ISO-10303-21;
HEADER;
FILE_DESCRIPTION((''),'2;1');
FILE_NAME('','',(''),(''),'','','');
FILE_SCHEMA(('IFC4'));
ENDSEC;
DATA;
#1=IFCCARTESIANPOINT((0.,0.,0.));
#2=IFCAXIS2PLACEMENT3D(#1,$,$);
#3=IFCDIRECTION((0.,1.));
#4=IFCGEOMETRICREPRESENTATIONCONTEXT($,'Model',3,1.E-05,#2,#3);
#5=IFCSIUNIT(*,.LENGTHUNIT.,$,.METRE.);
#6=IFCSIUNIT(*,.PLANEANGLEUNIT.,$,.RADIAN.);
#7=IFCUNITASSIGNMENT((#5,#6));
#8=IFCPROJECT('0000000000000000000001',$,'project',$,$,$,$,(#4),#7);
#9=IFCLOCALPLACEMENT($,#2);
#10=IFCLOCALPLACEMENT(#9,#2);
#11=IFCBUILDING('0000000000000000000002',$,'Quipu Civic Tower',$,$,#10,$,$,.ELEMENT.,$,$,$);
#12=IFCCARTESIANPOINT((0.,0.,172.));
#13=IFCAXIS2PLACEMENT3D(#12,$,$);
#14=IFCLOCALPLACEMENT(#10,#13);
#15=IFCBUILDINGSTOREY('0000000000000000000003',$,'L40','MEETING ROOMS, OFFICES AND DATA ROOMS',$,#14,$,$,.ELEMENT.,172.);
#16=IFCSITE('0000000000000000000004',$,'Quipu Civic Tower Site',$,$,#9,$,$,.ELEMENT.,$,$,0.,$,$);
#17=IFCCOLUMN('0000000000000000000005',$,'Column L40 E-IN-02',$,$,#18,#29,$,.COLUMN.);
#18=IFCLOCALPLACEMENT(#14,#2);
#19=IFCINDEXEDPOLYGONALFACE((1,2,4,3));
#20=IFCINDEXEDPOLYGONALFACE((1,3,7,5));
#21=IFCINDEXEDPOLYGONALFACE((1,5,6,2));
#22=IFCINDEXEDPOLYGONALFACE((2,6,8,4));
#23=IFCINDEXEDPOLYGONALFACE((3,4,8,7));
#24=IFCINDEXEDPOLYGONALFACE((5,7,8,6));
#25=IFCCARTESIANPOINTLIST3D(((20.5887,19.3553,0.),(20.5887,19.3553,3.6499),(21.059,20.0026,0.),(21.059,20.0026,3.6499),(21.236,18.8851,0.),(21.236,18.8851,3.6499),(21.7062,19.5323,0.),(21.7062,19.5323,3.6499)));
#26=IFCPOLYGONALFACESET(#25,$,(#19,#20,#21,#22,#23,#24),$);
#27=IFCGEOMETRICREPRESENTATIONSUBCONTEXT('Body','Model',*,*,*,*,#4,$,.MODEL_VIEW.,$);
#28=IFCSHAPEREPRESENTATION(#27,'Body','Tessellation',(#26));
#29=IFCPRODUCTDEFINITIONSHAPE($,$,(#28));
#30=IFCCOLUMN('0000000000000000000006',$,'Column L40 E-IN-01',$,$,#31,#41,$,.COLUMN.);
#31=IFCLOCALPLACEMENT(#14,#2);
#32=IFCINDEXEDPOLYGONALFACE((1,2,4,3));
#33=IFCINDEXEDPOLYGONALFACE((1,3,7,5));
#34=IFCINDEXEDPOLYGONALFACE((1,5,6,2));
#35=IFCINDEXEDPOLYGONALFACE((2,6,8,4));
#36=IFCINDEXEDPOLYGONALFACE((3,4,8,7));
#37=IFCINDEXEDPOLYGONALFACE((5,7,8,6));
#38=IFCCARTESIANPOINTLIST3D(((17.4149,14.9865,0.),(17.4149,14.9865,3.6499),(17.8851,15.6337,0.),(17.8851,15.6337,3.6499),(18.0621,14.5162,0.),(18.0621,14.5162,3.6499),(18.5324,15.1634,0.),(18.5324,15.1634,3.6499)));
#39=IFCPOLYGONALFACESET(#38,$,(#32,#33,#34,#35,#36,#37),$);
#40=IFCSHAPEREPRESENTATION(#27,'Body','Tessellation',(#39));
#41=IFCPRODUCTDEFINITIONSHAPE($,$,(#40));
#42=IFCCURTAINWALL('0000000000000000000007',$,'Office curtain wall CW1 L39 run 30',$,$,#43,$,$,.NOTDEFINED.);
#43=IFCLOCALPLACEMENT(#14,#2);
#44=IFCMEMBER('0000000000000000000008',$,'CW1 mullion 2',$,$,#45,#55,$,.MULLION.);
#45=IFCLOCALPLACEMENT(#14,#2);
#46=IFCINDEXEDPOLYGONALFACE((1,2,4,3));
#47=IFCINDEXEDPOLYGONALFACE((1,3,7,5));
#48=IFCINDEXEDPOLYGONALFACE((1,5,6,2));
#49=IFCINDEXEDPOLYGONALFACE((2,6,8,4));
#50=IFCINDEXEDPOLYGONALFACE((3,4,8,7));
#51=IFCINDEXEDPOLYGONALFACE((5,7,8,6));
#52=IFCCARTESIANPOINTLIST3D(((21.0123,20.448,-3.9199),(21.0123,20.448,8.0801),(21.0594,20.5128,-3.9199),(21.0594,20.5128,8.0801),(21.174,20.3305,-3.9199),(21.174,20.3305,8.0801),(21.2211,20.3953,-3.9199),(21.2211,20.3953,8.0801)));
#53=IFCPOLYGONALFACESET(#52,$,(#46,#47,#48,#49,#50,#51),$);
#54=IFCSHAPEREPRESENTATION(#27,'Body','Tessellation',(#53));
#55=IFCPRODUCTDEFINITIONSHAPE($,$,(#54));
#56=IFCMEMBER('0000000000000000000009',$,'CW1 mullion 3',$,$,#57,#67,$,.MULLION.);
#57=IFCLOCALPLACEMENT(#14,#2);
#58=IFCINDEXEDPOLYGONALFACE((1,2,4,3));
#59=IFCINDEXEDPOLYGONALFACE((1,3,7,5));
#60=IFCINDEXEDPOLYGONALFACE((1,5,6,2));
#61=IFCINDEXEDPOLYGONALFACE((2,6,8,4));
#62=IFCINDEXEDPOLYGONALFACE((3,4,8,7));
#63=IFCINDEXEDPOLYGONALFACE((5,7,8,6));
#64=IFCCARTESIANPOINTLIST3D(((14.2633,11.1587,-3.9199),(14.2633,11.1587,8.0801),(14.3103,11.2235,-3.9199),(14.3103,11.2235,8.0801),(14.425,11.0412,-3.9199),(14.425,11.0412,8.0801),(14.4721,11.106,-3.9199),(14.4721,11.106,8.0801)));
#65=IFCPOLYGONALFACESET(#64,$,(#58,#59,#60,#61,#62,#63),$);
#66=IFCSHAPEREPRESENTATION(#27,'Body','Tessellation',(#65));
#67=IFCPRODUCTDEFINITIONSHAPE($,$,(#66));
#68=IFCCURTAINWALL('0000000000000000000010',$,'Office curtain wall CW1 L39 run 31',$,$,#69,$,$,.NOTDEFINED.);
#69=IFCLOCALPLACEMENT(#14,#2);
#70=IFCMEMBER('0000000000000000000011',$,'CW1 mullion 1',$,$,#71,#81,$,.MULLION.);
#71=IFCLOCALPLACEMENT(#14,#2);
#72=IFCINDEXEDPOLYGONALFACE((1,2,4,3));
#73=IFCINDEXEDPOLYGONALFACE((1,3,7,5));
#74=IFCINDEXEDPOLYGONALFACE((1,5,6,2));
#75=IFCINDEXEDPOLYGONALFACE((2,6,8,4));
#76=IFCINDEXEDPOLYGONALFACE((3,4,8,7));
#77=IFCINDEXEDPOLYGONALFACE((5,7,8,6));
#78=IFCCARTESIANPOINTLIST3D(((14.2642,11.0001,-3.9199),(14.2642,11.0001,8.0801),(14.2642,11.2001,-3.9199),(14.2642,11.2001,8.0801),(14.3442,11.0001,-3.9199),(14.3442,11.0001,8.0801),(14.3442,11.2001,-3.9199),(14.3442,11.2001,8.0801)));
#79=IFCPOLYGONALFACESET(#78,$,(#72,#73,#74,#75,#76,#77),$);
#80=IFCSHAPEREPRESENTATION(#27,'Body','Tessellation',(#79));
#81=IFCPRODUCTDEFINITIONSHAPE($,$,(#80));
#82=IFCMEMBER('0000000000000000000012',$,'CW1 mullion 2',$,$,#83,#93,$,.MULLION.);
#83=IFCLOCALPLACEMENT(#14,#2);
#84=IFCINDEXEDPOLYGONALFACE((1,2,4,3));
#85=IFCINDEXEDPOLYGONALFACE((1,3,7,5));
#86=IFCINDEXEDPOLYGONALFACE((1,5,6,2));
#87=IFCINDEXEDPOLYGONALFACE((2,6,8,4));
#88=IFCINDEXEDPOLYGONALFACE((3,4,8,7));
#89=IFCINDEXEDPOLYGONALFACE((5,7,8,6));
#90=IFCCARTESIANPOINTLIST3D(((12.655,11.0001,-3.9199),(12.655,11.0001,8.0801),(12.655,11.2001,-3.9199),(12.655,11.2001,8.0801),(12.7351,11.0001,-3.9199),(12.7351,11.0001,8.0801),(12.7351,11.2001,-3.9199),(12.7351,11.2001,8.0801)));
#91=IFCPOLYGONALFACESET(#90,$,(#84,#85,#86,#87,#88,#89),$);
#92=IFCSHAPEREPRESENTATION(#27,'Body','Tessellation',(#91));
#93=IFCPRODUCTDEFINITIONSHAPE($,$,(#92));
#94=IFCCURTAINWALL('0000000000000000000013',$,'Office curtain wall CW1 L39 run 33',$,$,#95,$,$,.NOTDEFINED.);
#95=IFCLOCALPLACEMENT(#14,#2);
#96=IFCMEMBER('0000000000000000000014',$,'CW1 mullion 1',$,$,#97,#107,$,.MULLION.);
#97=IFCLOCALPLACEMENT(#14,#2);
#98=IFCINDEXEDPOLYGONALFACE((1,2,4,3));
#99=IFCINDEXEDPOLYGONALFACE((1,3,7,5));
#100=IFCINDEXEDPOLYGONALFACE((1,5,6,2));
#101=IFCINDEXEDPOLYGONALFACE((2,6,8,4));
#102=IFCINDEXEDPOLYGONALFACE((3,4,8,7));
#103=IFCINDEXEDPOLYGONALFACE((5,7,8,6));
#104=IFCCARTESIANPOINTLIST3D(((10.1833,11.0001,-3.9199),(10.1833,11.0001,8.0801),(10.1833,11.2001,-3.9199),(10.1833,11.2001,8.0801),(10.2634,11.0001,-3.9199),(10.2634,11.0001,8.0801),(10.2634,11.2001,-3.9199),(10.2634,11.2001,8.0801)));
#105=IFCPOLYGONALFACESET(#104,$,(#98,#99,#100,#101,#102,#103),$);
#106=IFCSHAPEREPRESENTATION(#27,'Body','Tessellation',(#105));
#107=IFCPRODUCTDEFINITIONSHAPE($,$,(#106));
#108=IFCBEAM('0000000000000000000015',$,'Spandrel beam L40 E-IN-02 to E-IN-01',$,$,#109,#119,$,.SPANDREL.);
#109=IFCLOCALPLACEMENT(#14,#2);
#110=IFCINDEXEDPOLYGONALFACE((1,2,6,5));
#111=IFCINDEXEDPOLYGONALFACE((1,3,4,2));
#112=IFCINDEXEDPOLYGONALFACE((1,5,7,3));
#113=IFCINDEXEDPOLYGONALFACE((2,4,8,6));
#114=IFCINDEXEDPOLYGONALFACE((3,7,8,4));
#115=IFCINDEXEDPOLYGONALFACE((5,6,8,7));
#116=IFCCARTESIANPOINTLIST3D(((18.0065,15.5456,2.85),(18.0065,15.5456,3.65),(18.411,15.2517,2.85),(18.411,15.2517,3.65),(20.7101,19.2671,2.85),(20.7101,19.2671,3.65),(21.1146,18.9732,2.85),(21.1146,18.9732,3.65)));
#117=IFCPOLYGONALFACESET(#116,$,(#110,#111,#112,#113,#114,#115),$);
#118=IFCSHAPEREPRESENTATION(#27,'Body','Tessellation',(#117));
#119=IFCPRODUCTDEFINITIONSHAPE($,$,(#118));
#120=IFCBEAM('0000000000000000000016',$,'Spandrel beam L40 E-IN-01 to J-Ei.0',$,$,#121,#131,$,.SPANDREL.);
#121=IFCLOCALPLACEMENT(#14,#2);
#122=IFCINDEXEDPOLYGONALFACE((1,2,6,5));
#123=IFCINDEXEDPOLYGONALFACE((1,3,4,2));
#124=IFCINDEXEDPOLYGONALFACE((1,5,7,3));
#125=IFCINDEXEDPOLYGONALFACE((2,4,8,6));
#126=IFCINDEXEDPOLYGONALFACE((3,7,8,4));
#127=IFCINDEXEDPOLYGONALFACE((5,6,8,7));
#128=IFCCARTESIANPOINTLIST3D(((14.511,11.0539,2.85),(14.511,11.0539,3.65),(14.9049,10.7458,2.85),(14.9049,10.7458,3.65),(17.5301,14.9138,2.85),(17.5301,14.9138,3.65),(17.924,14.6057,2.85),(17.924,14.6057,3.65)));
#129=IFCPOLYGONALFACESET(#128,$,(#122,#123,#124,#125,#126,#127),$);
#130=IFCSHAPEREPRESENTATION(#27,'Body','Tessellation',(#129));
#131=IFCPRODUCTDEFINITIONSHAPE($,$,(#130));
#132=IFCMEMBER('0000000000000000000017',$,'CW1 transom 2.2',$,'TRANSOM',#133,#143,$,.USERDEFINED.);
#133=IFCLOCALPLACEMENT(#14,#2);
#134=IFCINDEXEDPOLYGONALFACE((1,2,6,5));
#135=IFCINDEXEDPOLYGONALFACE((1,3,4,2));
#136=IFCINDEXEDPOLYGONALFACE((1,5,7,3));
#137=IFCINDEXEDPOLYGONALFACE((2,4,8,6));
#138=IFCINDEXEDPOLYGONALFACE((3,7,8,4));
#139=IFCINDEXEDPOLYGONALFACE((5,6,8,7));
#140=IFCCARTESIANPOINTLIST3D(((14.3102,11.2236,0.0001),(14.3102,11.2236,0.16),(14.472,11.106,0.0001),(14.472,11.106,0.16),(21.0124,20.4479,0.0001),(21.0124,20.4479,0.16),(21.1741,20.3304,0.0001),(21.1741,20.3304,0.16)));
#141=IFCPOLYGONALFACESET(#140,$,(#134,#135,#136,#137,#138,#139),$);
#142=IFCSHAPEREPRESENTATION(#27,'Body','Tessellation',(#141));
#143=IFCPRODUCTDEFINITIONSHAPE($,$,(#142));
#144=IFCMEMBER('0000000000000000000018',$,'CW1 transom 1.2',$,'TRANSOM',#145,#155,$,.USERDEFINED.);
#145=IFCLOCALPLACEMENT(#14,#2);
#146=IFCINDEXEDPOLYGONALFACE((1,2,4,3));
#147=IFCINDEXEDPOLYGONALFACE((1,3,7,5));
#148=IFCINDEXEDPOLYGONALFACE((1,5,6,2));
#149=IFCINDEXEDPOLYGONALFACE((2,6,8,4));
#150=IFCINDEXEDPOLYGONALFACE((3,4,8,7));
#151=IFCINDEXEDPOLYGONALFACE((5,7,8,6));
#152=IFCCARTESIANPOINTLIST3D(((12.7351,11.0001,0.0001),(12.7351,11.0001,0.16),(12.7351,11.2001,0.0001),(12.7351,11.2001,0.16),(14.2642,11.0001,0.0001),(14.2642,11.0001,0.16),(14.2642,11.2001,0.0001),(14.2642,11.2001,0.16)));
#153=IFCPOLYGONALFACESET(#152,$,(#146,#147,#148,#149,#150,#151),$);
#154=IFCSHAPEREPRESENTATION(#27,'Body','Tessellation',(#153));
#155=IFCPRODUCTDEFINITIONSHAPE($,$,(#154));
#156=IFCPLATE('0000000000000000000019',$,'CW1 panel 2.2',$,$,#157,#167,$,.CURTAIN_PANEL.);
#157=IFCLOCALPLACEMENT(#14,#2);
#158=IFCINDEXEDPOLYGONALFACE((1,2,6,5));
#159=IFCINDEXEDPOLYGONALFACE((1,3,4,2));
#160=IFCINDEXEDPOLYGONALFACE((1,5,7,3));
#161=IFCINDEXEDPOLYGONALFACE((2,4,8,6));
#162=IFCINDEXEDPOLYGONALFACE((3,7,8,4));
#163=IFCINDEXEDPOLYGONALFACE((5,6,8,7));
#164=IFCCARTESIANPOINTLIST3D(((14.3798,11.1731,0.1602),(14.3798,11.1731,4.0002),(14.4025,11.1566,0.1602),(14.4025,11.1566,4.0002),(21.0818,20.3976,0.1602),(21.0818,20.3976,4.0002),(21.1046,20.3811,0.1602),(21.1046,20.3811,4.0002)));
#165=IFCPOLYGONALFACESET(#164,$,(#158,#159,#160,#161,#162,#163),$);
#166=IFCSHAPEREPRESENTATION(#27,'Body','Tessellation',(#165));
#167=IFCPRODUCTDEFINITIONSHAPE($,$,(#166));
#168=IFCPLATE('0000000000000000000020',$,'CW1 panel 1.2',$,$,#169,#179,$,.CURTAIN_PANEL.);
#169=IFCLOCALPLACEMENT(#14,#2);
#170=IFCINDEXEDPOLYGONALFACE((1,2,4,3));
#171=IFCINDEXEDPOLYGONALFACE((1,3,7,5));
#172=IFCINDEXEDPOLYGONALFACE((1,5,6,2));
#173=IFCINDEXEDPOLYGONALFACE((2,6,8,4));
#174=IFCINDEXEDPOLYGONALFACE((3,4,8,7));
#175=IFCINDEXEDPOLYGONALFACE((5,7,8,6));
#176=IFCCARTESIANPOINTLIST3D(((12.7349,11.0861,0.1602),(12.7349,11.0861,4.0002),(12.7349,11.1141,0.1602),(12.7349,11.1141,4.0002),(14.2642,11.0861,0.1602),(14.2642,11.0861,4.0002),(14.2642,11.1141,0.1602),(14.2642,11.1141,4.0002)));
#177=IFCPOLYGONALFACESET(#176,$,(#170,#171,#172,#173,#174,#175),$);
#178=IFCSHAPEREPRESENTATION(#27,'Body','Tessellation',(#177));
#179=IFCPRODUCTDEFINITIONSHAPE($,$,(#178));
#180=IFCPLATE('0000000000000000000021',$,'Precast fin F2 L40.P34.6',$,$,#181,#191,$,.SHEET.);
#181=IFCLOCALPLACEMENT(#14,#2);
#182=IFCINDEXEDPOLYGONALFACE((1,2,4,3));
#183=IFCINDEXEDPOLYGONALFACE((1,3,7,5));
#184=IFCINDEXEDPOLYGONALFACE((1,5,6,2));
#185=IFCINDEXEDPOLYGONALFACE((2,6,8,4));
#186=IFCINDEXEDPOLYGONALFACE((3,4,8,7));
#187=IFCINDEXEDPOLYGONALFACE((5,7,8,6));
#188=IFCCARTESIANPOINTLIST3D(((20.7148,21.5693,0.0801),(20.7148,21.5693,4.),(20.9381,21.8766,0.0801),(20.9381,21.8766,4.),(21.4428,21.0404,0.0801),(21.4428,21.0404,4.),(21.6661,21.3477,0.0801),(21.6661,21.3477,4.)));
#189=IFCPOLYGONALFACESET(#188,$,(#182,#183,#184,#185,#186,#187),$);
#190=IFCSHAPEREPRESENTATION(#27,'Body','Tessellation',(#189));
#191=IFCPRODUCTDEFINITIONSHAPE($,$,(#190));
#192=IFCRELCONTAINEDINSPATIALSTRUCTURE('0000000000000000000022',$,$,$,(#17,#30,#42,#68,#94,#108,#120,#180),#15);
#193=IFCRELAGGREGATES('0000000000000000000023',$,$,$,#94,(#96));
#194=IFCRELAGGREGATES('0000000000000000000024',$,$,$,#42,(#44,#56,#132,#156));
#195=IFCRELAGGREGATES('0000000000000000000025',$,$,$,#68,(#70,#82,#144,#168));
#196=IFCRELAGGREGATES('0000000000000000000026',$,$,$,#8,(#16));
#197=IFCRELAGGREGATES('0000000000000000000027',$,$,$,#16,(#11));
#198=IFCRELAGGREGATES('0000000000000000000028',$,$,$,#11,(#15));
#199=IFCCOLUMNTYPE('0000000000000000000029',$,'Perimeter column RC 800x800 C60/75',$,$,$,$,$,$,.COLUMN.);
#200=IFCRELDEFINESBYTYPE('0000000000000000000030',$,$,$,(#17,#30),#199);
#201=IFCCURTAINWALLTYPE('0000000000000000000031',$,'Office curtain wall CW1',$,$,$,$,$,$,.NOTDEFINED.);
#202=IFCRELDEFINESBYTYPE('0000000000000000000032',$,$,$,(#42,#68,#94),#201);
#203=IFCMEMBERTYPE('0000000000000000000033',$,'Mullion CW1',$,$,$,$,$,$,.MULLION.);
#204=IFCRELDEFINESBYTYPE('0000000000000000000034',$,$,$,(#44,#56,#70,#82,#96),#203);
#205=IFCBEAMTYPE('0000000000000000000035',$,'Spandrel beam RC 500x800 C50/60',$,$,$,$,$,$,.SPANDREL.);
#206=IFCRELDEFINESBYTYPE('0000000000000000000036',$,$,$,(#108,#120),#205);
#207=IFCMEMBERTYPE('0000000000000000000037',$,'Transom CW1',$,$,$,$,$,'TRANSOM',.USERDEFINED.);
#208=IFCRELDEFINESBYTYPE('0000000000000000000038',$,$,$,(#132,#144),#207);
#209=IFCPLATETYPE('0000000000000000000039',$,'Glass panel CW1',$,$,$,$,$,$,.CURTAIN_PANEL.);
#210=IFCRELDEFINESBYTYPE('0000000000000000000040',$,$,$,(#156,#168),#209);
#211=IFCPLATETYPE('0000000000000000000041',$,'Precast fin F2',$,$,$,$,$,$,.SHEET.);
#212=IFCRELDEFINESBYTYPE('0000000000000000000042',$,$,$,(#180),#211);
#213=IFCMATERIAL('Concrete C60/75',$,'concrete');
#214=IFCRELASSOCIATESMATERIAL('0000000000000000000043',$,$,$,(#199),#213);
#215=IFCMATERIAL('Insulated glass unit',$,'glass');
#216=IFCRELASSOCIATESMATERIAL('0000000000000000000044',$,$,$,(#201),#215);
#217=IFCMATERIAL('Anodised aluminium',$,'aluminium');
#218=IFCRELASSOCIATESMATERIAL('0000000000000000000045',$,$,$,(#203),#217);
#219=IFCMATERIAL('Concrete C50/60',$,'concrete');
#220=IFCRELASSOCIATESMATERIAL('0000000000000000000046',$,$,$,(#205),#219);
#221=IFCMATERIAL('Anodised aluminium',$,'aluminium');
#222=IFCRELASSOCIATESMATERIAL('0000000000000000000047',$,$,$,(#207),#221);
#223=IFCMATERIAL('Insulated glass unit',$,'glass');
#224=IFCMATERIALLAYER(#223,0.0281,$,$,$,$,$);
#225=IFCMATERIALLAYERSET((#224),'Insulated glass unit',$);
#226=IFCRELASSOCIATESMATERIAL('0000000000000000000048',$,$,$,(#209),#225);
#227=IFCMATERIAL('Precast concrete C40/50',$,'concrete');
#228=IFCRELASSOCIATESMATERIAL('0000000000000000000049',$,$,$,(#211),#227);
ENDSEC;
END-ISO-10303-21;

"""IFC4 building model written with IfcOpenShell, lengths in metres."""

from ifc_helpers import new_model, si_unit, direction, frame, origin, origin_2d, place, context, subcontext, project, spatial, rectangle, extrude, material, layer, layer_set, material_profile, profile_set, type_object, element, aggregate, save


model = new_model("IFC4")

# Units and contexts
model_context = context("Model", 3, precision=1e-05, world=origin(), true_north=direction((0.0, 1.0)))
body_context = subcontext(model_context, "Body", "Model", "MODEL_VIEW")
ifc_project = project(units=[si_unit("LENGTHUNIT", "METRE"), si_unit("PLANEANGLEUNIT", "RADIAN")], contexts=[model_context])

# Site, building, storey
site_placement = place(None, origin())
site = spatial("IfcSite", under=ifc_project, at=site_placement, Name="Quipu Civic Tower Site", CompositionType="ELEMENT", RefElevation=0.0)
building_placement = place(site_placement, origin())
building = spatial("IfcBuilding", under=site, at=building_placement, Name="Quipu Civic Tower", CompositionType="ELEMENT")
storey_placement = place(building_placement, frame((0.0, 0.0, 172.0)))
storey = spatial("IfcBuildingStorey", under=building, at=storey_placement, Name="L40", Description="MEETING ROOMS, OFFICES AND DATA ROOMS", CompositionType="ELEMENT", Elevation=172.0)

# Columns
ifc_material_1 = material(Name="Concrete C60/75", Category="concrete")
ifc_material_profile_1 = material_profile(ifc_material_1, rectangle(XDim=0.8, YDim=0.8, at=origin_2d()), Name="RC800x800")
ifc_profile_set_1 = profile_set([ifc_material_profile_1], Name="Concrete C60/75")
column_type = type_object("IfcColumnType", Name="Perimeter column RC 800x800 C60/75", PredefinedType="COLUMN", material=ifc_profile_set_1)
for number, where, z_axis, x_axis, name in (
    (1, (21.1475, 19.4438, 0.0), (0.0, 0.0, 1.0), (-0.587785, -0.809017, 0.0), "Column L40 E-IN-02"),
    (2, (17.9736, 15.075, 0.0), (0.0, 0.0, 1.0), (-0.587785, -0.809017, 0.0), "Column L40 E-IN-01"),
):
    element("IfcColumn", number, at=place(storey_placement, frame(where, z_axis=z_axis, x_axis=x_axis)), inside=storey, type_object=column_type, Name=name, PredefinedType="COLUMN", context=body_context, shape_type="SweptSolid", body=[
        extrude(rectangle(XDim=0.8, YDim=0.8, at=origin_2d()), origin(), (0.0, 0.0, 1.0), 3.6499),
    ])

# Curtain walls, members
ifc_material_2 = material(Name="Insulated glass unit", Category="glass")
curtain_wall_type = type_object("IfcCurtainWallType", Name="Office curtain wall CW1", PredefinedType="NOTDEFINED", material=ifc_material_2)
curtain_wall_1_placement = place(storey_placement, origin())
curtain_wall_1 = element("IfcCurtainWall", 3, at=curtain_wall_1_placement, inside=storey, type_object=curtain_wall_type, Name="Office curtain wall CW1 L39 run 30", PredefinedType="NOTDEFINED")
ifc_material_3 = material(Name="Anodised aluminium", Category="aluminium")
ifc_material_profile_2 = material_profile(ifc_material_3, rectangle(XDim=0.2, YDim=0.0801, at=origin_2d()), Name="RECT 200x80")
ifc_profile_set_2 = profile_set([ifc_material_profile_2], Name="Anodised aluminium")
member_type_1 = type_object("IfcMemberType", Name="Mullion CW1", PredefinedType="MULLION", material=ifc_profile_set_2)
member_1_placement = place(storey_placement, frame((21.1167, 20.4216, -3.9199), z_axis=(0.0, 0.0, 1.0), x_axis=(0.809014, -0.587789, 0.0)))
member_1 = element("IfcMember", 4, at=member_1_placement, type_object=member_type_1, Name="CW1 mullion 2", PredefinedType="MULLION", context=body_context, shape_type="SweptSolid", body=[
    extrude(rectangle(XDim=0.2, YDim=0.0801, at=origin_2d()), origin(), (0.0, 0.0, 1.0), 12.0),
])
member_2_placement = place(storey_placement, frame((14.3677, 11.1323, -3.9199), z_axis=(0.0, 0.0, 1.0), x_axis=(0.809014, -0.587789, 0.0)))
member_2 = element("IfcMember", 5, at=member_2_placement, type_object=member_type_1, Name="CW1 mullion 3", PredefinedType="MULLION", context=body_context, shape_type="SweptSolid", body=[
    extrude(rectangle(XDim=0.2, YDim=0.0801, at=origin_2d()), origin(), (0.0, 0.0, 1.0), 12.0),
])
curtain_wall_2_placement = place(storey_placement, origin())
curtain_wall_2 = element("IfcCurtainWall", 6, at=curtain_wall_2_placement, inside=storey, type_object=curtain_wall_type, Name="Office curtain wall CW1 L39 run 31", PredefinedType="NOTDEFINED")
member_3_placement = place(storey_placement, frame((14.3042, 11.1001, -3.9199), z_axis=(0.0, 0.0, 1.0), x_axis=(0.0, -1.0, 0.0)))
member_3 = element("IfcMember", 7, at=member_3_placement, type_object=member_type_1, Name="CW1 mullion 1", PredefinedType="MULLION", context=body_context, shape_type="SweptSolid", body=[
    extrude(rectangle(XDim=0.2, YDim=0.0801, at=origin_2d()), origin(), (0.0, 0.0, 1.0), 12.0),
])
member_4_placement = place(storey_placement, frame((12.6951, 11.1001, -3.9199), z_axis=(0.0, 0.0, 1.0), x_axis=(0.0, -1.0, 0.0)))
member_4 = element("IfcMember", 8, at=member_4_placement, type_object=member_type_1, Name="CW1 mullion 2", PredefinedType="MULLION", context=body_context, shape_type="SweptSolid", body=[
    extrude(rectangle(XDim=0.2, YDim=0.0801, at=origin_2d()), origin(), (0.0, 0.0, 1.0), 12.0),
])

# Curtain wall, member
curtain_wall_3_placement = place(storey_placement, origin())
curtain_wall_3 = element("IfcCurtainWall", 9, at=curtain_wall_3_placement, inside=storey, type_object=curtain_wall_type, Name="Office curtain wall CW1 L39 run 33", PredefinedType="NOTDEFINED")
member_5_placement = place(storey_placement, frame((10.2234, 11.1001, -3.9199), z_axis=(0.0, 0.0, 1.0), x_axis=(0.0, -1.0, 0.0)))
member_5 = element("IfcMember", 10, at=member_5_placement, type_object=member_type_1, Name="CW1 mullion 1", PredefinedType="MULLION", context=body_context, shape_type="SweptSolid", body=[
    extrude(rectangle(XDim=0.2, YDim=0.0801, at=origin_2d()), origin(), (0.0, 0.0, 1.0), 12.0),
])
aggregate(curtain_wall_3, [member_5])

# Beams
ifc_material_4 = material(Name="Concrete C50/60", Category="concrete")
ifc_material_profile_3 = material_profile(ifc_material_4, rectangle(XDim=0.5, YDim=0.8, at=origin_2d()), Name="RC500x800")
ifc_profile_set_3 = profile_set([ifc_material_profile_3], Name="Concrete C50/60")
beam_type = type_object("IfcBeamType", Name="Spandrel beam RC 500x800 C50/60", PredefinedType="SPANDREL", material=ifc_profile_set_3)
beam_1_placement = place(storey_placement, frame((20.9124, 19.1201, 3.25), z_axis=(-0.587761, -0.809034, 0.0), x_axis=(0.809034, -0.587761, 0.0)))
element("IfcBeam", 11, at=beam_1_placement, inside=storey, type_object=beam_type, Name="Spandrel beam L40 E-IN-02 to E-IN-01", PredefinedType="SPANDREL", context=body_context, shape_type="SweptSolid", body=[
    extrude(rectangle(XDim=0.5, YDim=0.8, at=origin_2d()), origin(), (0.0, 0.0, 1.0), 4.5999),
])
beam_2_placement = place(storey_placement, frame((17.7271, 14.7598, 3.25), z_axis=(-0.616091, -0.787675, 0.0), x_axis=(0.787675, -0.616091, 0.0)))
element("IfcBeam", 12, at=beam_2_placement, inside=storey, type_object=beam_type, Name="Spandrel beam L40 E-IN-01 to J-Ei.0", PredefinedType="SPANDREL", context=body_context, shape_type="SweptSolid", body=[
    extrude(rectangle(XDim=0.5, YDim=0.8, at=origin_2d()), origin(), (0.0, 0.0, 1.0), 4.9004),
])

# Members
ifc_material_5 = material(Name="Anodised aluminium", Category="aluminium")
ifc_material_profile_4 = material_profile(ifc_material_5, rectangle(XDim=0.2, YDim=0.1599, at=origin_2d()), Name="RECT 200x160")
ifc_profile_set_4 = profile_set([ifc_material_profile_4], Name="Anodised aluminium")
member_type_2 = type_object("IfcMemberType", Name="Transom CW1", ElementType="TRANSOM", PredefinedType="USERDEFINED", material=ifc_profile_set_4)
member_6_placement = place(storey_placement, frame((21.0933, 20.3892, 0.0801), z_axis=(-0.5878, -0.809006, 0.0), x_axis=(0.809006, -0.5878, 0.0)))
member_6 = element("IfcMember", 13, at=member_6_placement, type_object=member_type_2, Name="CW1 transom 2.2", ObjectType="TRANSOM", PredefinedType="USERDEFINED", context=body_context, shape_type="SweptSolid", body=[
    extrude(rectangle(XDim=0.2, YDim=0.1599, at=origin_2d()), origin(), (0.0, 0.0, 1.0), 11.4021),
])
member_7_placement = place(storey_placement, frame((14.2642, 11.1001, 0.0801), z_axis=(-1.0, 0.0, 0.0), x_axis=(0.0, -1.0, 0.0)))
member_7 = element("IfcMember", 14, at=member_7_placement, type_object=member_type_2, Name="CW1 transom 1.2", ObjectType="TRANSOM", PredefinedType="USERDEFINED", context=body_context, shape_type="SweptSolid", body=[
    extrude(rectangle(XDim=0.2, YDim=0.1599, at=origin_2d()), origin(), (0.0, 0.0, 1.0), 1.5291),
])

# Plates
ifc_material_6 = material(Name="Insulated glass unit", Category="glass")
ifc_layer = layer(ifc_material_6, 0.0281)
ifc_layer_set = layer_set([ifc_layer], Name="Insulated glass unit")
plate_type_1 = type_object("IfcPlateType", Name="Glass panel CW1", PredefinedType="CURTAIN_PANEL", material=ifc_layer_set)
plate_1_placement = place(storey_placement, frame((17.7422, 15.7771, 0.1602), z_axis=(0.0, 0.0, 1.0), x_axis=(-0.587789, -0.809014, 0.0)))
plate_1 = element("IfcPlate", 15, at=plate_1_placement, type_object=plate_type_1, Name="CW1 panel 2.2", PredefinedType="CURTAIN_PANEL", context=body_context, shape_type="SweptSolid", body=[
    extrude(rectangle(XDim=11.4021, YDim=0.0281, at=origin_2d()), origin(), (0.0, 0.0, 1.0), 3.8401),
])
aggregate(curtain_wall_1, [member_1, member_2, member_6, plate_1])
plate_2_placement = place(storey_placement, frame((13.4995, 11.1001, 0.1602), z_axis=(0.0, 0.0, 1.0), x_axis=(-1.0, 0.0, 0.0)))
plate_2 = element("IfcPlate", 16, at=plate_2_placement, type_object=plate_type_1, Name="CW1 panel 1.2", PredefinedType="CURTAIN_PANEL", context=body_context, shape_type="SweptSolid", body=[
    extrude(rectangle(XDim=1.5293, YDim=0.0281, at=origin_2d()), origin(), (0.0, 0.0, 1.0), 3.8401),
])
aggregate(curtain_wall_2, [member_3, member_4, member_7, plate_2])

# Plate
ifc_material_7 = material(Name="Precast concrete C40/50", Category="concrete")
plate_type_2 = type_object("IfcPlateType", Name="Precast fin F2", PredefinedType="SHEET", material=ifc_material_7)
for number, where, z_axis, x_axis, name in (
    (17, (21.1904, 21.4585, 0.0801), (0.0, 0.0, 1.0), (-0.587787, -0.809016, 0.0), "Precast fin F2 L40.P34.6"),
):
    element("IfcPlate", number, at=place(storey_placement, frame(where, z_axis=z_axis, x_axis=x_axis)), inside=storey, type_object=plate_type_2, Name=name, PredefinedType="SHEET", context=body_context, shape_type="SweptSolid", body=[
        extrude(rectangle(XDim=0.3799, YDim=0.8999, at=origin_2d()), origin(), (0.0, 0.0, 1.0), 3.9199),
    ])

save(model, "model.ifc")
